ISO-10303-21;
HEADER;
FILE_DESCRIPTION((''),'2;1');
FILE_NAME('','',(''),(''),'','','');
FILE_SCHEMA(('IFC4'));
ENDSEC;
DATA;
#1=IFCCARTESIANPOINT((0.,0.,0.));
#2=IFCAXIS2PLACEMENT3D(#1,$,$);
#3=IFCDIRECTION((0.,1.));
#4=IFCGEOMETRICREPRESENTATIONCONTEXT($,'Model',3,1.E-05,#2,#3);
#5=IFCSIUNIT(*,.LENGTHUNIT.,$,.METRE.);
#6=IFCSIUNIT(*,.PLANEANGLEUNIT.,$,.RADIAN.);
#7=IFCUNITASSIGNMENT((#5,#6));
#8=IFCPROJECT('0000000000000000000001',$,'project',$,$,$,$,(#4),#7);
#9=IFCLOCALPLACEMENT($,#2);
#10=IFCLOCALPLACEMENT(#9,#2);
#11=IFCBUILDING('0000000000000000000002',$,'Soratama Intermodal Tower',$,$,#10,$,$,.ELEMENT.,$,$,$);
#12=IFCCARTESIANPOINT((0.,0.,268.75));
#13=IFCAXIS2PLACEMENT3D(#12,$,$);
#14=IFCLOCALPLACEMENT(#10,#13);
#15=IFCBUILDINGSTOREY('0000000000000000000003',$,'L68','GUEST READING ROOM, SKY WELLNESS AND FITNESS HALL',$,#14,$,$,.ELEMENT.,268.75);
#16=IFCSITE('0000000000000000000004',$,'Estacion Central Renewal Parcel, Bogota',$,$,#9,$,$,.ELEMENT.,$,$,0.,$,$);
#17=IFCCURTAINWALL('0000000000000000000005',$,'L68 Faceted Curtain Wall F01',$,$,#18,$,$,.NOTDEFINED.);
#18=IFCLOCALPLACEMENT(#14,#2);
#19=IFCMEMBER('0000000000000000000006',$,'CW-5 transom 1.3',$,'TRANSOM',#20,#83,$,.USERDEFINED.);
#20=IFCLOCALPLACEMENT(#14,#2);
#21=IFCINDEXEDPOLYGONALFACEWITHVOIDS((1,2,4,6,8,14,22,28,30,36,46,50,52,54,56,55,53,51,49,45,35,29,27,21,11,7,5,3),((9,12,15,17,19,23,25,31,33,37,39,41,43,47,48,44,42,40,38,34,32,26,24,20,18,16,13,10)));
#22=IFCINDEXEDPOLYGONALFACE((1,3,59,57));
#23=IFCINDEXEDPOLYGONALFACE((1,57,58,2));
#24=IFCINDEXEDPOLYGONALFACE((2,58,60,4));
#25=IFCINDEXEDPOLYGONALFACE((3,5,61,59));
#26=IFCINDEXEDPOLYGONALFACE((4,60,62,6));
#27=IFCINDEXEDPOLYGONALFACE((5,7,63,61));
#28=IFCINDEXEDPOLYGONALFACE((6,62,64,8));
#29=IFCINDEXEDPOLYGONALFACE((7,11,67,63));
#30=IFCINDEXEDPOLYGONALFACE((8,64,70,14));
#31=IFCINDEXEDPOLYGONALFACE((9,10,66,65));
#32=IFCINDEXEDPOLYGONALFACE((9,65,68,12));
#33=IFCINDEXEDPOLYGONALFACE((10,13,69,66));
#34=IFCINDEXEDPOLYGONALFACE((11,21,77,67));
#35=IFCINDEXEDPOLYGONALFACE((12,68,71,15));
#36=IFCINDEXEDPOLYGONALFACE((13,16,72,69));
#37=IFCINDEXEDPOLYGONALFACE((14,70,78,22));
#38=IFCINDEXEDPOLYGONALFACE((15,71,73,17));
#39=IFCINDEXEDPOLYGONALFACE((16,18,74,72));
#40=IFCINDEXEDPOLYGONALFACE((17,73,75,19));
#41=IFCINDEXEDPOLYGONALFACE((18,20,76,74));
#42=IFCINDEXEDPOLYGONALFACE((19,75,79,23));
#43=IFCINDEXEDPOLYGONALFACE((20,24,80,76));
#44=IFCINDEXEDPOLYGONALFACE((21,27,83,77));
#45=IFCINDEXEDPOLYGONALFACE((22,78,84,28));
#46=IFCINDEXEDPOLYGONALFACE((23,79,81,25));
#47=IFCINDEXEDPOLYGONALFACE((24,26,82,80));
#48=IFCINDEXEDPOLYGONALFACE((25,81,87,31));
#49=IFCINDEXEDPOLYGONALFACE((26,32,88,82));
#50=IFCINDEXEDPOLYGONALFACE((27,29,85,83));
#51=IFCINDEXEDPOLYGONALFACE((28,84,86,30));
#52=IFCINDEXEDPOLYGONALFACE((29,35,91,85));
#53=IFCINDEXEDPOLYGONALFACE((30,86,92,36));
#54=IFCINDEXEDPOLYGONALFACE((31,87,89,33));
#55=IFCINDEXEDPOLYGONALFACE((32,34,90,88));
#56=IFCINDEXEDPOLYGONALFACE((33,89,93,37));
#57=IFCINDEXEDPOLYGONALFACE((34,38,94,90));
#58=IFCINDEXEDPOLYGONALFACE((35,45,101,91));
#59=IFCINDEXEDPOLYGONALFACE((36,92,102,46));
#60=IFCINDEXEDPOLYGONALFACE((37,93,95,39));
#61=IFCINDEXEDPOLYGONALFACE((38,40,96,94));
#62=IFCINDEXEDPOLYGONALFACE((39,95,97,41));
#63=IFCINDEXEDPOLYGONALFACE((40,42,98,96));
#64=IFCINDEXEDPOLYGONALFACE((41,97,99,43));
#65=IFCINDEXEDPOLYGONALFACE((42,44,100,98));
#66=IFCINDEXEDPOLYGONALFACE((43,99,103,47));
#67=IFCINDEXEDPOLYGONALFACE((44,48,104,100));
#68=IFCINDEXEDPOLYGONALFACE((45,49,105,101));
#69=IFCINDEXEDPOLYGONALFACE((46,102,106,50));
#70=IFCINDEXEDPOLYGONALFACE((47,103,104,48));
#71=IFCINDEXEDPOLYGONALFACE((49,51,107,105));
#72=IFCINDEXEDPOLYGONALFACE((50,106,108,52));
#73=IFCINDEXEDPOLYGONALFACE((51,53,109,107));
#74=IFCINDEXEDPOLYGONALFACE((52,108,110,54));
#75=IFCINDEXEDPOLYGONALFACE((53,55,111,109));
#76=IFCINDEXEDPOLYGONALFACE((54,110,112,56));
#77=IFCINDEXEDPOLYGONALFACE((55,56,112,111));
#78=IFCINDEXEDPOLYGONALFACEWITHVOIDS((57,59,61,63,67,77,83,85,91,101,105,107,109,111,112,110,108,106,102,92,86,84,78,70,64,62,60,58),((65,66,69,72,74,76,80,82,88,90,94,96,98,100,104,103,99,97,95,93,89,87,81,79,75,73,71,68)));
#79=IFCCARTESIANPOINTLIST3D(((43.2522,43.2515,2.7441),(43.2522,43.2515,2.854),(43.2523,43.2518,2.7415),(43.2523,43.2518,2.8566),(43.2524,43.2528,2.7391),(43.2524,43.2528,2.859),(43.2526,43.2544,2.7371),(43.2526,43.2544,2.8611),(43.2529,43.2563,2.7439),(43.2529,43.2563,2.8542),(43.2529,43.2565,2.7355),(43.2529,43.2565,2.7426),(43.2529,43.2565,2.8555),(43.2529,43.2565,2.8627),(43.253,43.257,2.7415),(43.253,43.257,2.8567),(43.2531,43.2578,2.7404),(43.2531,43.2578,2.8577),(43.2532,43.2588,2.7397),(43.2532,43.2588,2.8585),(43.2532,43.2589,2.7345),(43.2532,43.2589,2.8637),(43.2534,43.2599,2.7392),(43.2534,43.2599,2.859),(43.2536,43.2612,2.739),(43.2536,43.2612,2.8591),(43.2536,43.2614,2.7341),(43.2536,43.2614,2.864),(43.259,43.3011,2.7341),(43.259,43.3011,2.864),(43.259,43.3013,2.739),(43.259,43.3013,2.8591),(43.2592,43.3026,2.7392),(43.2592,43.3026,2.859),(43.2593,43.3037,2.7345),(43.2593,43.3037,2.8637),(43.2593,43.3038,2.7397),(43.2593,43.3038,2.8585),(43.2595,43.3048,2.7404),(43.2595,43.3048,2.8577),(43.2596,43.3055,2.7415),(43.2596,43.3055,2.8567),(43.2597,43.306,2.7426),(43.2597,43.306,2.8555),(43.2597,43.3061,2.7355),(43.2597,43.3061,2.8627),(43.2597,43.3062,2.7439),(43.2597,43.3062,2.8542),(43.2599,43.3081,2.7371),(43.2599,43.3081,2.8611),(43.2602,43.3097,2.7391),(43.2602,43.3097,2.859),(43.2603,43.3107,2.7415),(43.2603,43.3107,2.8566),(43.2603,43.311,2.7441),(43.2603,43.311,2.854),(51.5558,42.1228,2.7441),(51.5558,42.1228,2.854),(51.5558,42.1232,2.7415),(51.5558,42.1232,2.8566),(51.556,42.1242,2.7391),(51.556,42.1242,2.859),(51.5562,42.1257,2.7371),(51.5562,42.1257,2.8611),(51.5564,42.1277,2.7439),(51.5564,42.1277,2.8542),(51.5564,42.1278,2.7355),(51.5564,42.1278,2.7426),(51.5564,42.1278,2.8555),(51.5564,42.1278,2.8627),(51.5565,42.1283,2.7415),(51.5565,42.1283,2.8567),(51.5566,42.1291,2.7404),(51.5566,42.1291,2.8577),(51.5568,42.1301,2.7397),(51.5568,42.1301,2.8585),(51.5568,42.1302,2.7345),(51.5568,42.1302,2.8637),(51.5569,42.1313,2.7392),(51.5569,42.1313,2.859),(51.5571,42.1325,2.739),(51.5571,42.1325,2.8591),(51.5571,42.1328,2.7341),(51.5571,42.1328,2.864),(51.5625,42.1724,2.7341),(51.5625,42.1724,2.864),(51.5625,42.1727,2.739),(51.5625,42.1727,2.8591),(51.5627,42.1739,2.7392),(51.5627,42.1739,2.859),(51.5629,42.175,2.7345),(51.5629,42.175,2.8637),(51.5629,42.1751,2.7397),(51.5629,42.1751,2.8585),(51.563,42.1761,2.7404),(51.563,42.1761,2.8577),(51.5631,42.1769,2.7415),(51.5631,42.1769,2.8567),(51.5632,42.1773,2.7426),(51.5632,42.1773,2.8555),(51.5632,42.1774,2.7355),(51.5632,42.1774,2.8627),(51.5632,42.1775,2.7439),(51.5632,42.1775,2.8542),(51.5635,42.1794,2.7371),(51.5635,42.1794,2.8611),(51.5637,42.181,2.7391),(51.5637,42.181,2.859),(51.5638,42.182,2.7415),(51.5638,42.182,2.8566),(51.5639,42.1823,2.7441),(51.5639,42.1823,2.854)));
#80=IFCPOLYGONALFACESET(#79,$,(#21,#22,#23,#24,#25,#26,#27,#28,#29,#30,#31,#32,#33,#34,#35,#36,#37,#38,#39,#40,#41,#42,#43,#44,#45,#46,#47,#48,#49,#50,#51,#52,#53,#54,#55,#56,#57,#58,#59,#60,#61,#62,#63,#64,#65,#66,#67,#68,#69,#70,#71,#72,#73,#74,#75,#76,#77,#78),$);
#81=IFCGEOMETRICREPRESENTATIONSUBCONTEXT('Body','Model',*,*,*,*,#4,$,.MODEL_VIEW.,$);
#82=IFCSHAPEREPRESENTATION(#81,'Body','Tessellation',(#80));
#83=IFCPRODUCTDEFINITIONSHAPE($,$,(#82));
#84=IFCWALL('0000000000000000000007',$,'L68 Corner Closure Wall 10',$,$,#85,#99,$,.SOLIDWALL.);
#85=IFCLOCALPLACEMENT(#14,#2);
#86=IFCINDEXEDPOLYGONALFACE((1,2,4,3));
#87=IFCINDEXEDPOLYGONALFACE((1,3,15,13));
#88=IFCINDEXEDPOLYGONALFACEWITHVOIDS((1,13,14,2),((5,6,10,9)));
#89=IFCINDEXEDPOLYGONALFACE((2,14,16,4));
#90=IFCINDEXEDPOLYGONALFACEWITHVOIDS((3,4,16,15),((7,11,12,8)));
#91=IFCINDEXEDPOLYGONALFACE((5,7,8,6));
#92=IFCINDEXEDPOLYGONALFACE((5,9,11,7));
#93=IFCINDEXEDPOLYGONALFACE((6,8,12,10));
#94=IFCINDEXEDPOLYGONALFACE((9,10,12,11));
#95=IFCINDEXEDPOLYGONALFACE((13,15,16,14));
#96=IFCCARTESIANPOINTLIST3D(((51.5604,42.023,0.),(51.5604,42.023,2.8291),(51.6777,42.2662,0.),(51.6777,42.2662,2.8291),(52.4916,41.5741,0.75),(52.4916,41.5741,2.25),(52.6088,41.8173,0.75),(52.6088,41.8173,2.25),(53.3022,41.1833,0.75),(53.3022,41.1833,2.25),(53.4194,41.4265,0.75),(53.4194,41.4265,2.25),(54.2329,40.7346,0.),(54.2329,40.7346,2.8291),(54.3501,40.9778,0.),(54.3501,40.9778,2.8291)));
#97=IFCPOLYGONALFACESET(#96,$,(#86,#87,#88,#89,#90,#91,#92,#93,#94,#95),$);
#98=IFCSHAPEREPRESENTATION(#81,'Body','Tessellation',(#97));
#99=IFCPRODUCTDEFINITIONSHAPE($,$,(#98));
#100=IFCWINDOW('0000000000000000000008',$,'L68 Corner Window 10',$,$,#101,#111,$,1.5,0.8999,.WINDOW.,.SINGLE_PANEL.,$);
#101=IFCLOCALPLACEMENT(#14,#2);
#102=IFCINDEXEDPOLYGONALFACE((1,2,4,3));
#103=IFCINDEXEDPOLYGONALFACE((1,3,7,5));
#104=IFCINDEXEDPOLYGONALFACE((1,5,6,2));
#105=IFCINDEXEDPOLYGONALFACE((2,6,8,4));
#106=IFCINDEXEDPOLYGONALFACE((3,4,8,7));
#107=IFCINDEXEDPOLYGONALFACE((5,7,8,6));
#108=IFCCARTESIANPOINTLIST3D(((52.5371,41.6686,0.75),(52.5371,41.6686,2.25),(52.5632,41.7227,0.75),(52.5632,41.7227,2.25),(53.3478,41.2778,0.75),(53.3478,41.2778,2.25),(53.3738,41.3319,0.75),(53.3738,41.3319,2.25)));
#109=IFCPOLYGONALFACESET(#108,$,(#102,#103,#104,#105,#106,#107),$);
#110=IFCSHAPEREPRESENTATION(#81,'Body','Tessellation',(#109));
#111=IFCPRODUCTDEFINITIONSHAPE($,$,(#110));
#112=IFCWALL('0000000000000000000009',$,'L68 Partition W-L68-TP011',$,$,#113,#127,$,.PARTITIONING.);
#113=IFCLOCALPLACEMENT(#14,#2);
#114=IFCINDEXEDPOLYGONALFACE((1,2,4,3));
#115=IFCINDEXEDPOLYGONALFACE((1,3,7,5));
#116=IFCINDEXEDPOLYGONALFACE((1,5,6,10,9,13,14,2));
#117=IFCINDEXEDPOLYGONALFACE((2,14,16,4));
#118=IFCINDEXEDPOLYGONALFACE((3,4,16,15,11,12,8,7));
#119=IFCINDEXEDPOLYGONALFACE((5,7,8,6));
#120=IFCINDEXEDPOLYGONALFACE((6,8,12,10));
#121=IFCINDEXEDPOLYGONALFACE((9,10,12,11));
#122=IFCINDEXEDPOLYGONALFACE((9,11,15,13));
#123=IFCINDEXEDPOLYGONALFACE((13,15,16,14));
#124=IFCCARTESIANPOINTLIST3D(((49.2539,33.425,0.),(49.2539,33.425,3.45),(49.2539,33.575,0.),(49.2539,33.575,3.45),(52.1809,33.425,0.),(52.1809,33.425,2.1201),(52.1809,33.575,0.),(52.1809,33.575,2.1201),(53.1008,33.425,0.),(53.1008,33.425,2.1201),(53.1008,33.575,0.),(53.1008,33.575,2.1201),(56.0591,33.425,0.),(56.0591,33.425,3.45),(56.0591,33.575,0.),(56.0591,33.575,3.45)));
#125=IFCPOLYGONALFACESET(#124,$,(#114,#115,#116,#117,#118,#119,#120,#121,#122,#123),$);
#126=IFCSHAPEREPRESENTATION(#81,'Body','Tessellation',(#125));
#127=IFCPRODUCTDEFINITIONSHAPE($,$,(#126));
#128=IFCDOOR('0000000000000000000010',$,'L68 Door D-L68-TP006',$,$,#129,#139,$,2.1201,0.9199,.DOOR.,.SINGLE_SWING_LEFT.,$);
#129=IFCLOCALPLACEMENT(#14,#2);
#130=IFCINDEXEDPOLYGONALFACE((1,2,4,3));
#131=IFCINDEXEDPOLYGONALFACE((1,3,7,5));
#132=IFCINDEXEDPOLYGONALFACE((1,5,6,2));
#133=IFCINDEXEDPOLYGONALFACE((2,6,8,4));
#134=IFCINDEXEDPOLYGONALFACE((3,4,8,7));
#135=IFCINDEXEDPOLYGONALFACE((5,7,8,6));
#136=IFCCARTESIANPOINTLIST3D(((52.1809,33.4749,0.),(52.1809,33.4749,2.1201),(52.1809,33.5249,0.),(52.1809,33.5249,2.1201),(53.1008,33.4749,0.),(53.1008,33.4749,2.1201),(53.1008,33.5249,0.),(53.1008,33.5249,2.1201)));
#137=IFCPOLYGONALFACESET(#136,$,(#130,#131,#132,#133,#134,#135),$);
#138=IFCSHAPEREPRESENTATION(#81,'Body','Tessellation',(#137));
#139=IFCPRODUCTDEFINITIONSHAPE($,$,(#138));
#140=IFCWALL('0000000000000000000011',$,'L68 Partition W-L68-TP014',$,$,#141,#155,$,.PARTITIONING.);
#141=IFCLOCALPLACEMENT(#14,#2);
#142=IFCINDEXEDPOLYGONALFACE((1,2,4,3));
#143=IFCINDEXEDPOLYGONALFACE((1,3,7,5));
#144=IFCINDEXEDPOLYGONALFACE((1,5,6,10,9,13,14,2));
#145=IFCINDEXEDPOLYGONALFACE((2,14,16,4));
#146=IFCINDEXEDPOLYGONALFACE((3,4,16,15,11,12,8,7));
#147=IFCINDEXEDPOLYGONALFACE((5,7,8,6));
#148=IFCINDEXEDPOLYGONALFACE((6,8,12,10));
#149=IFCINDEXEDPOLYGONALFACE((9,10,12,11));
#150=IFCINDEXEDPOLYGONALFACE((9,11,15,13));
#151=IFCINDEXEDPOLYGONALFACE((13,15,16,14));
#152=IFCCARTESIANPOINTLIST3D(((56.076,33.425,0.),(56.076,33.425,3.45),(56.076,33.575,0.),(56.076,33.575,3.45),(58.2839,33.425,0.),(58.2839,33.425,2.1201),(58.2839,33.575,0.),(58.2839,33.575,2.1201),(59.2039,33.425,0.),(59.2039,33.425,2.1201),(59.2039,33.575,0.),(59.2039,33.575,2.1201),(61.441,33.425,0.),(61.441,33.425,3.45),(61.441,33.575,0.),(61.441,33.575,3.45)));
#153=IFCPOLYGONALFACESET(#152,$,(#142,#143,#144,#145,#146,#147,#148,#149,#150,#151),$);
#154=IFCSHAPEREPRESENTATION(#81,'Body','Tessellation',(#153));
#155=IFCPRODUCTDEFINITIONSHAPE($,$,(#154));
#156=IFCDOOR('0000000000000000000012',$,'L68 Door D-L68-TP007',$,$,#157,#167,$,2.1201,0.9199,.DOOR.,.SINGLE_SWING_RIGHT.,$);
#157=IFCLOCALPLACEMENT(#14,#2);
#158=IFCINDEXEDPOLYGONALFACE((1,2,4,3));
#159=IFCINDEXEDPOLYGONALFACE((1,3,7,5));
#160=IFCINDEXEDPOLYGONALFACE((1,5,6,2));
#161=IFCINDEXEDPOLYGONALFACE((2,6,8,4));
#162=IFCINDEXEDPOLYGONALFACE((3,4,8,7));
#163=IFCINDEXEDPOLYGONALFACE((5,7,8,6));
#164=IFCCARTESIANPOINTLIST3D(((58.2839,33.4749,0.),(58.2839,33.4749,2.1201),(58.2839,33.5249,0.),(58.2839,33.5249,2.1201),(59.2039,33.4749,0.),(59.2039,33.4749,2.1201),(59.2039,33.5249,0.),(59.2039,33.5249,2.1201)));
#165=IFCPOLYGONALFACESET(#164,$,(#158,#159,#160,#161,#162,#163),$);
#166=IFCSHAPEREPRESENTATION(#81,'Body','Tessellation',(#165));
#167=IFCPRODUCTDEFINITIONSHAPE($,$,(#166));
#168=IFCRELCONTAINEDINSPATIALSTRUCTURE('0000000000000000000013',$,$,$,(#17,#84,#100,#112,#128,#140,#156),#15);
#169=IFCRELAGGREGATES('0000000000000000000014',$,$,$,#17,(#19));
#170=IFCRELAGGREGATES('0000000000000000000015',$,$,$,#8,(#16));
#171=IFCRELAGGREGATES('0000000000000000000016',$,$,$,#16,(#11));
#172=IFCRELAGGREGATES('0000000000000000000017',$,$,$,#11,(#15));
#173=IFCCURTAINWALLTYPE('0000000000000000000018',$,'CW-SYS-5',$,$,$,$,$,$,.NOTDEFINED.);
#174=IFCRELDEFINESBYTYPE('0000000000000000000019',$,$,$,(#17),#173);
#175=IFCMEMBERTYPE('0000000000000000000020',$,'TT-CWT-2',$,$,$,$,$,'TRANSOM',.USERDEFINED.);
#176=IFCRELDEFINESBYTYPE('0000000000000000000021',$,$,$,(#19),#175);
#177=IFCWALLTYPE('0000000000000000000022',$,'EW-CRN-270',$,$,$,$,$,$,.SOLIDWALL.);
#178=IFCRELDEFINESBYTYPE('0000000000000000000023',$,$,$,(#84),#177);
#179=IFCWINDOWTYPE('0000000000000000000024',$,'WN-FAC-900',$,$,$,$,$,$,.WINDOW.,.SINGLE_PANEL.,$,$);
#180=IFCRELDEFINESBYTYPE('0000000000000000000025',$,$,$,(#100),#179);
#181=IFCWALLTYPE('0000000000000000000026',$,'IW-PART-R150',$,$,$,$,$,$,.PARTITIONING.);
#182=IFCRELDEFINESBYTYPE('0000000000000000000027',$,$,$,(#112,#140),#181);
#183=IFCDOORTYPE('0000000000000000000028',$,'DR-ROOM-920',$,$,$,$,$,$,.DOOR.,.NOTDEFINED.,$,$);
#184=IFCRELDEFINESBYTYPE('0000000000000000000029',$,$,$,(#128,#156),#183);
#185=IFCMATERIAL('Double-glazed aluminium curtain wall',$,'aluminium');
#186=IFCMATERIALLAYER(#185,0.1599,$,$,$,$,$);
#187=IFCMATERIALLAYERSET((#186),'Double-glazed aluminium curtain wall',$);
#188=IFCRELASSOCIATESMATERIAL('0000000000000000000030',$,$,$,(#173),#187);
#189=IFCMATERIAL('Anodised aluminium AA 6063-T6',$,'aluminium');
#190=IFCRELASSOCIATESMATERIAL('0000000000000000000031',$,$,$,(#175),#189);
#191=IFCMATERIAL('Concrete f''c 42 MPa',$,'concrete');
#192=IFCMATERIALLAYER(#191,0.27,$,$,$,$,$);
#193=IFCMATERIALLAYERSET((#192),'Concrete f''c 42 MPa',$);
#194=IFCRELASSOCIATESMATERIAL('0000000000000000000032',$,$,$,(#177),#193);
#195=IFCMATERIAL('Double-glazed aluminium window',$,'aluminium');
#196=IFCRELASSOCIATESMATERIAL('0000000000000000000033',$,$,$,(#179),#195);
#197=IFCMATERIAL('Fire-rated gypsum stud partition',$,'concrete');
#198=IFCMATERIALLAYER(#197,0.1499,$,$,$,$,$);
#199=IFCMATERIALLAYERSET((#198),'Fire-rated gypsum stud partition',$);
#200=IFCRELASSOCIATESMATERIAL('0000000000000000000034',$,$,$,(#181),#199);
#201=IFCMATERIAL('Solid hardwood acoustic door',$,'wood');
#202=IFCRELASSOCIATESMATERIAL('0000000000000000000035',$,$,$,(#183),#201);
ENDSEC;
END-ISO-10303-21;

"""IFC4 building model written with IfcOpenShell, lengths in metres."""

from ifc_helpers import new_model, si_unit, direction, frame, frame_2d, origin, origin_2d, place, context, subcontext, project, spatial, rectangle, hollow_rectangle, extrude, material, layer, layer_set, material_profile, profile_set, type_object, element, fill, aggregate, save


model = new_model("IFC4")

# Units and contexts
model_context = context("Model", 3, precision=1e-05, world=origin(), true_north=direction((0.0, 1.0)))
body_context = subcontext(model_context, "Body", "Model", "MODEL_VIEW")
ifc_project = project(units=[si_unit("LENGTHUNIT", "METRE"), si_unit("PLANEANGLEUNIT", "RADIAN")], contexts=[model_context])

# Site, building, storey
site_placement = place(None, origin())
site = spatial("IfcSite", under=ifc_project, at=site_placement, Name="Estacion Central Renewal Parcel, Bogota", CompositionType="ELEMENT", RefElevation=0.0)
building_placement = place(site_placement, origin())
building = spatial("IfcBuilding", under=site, at=building_placement, Name="Soratama Intermodal Tower", CompositionType="ELEMENT")
storey_placement = place(building_placement, frame((0.0, 0.0, 268.75)))
storey = spatial("IfcBuildingStorey", under=building, at=storey_placement, Name="L68", Description="GUEST READING ROOM, SKY WELLNESS AND FITNESS HALL", CompositionType="ELEMENT", Elevation=268.75)

# Curtain wall
ifc_material_1 = material(Name="Double-glazed aluminium curtain wall", Category="aluminium")
ifc_layer_1 = layer(ifc_material_1, 0.1599)
ifc_layer_set_1 = layer_set([ifc_layer_1], Name="Double-glazed aluminium curtain wall")
curtain_wall_type = type_object("IfcCurtainWallType", Name="CW-SYS-5", PredefinedType="NOTDEFINED", material=ifc_layer_set_1)
curtain_wall_1_placement = place(storey_placement, origin())
curtain_wall_1 = element("IfcCurtainWall", 1, at=curtain_wall_1_placement, inside=storey, type_object=curtain_wall_type, Name="L68 Faceted Curtain Wall F01", PredefinedType="NOTDEFINED")

# Member
ifc_material_2 = material(Name="Anodised aluminium AA 6063-T6", Category="aluminium")
ifc_material_profile_1 = material_profile(ifc_material_2, hollow_rectangle(XDim=0.0601, YDim=0.1299, WallThickness=0.0049, InnerFilletRadius=0.0049, OuterFilletRadius=0.01, at=origin_2d()), Name="CWT130X60X5")
ifc_profile_set_1 = profile_set([ifc_material_profile_1], Name="Anodised aluminium AA 6063-T6")
member_type_1 = type_object("IfcMemberType", Name="TT-CWT-2", ElementType="TRANSOM", PredefinedType="USERDEFINED", material=ifc_profile_set_1)
member_1_placement = place(storey_placement, frame((51.5598, 42.1526, 2.7991), z_axis=(-0.990888, 0.134688, 0.0), x_axis=(-0.134688, -0.990888, 0.0)))
member_1 = element("IfcMember", 2, at=member_1_placement, type_object=member_type_1, Name="CW-5 transom 1.3", ObjectType="TRANSOM", PredefinedType="USERDEFINED", context=body_context, shape_type="SweptSolid", body=[
    extrude(hollow_rectangle(XDim=0.0601, YDim=0.1299, WallThickness=0.0049, InnerFilletRadius=0.0049, OuterFilletRadius=0.01, at=origin_2d()), origin(), (0.0, 0.0, 1.0), 8.3799),
])
aggregate(curtain_wall_1, [member_1])

# Wall, opening, window
ifc_material_3 = material(Name="Concrete f'c 42 MPa", Category="concrete")
ifc_layer_2 = layer(ifc_material_3, 0.27)
ifc_layer_set_2 = layer_set([ifc_layer_2], Name="Concrete f'c 42 MPa")
wall_type_1 = type_object("IfcWallType", Name="EW-CRN-270", PredefinedType="SOLIDWALL", material=ifc_layer_set_2)
wall_1_placement = place(storey_placement, frame((54.2915, 40.8562, 0.0), z_axis=(0.0, 0.0, 1.0), x_axis=(-0.900786, 0.434263, 0.0)))
wall_1 = element("IfcWall", 3, at=wall_1_placement, inside=storey, type_object=wall_type_1, Name="L68 Corner Closure Wall 10", PredefinedType="SOLIDWALL", context=body_context, shape_type="SweptSolid", body=[
    extrude(rectangle(XDim=2.9668, YDim=0.27, at=frame_2d((1.4834, 0.0))), origin(), (0.0, 0.0, 1.0), 2.8291),
])
opening_1_placement = place(wall_1_placement, frame((1.0332, 0.0, 0.75)))
opening_1 = element("IfcOpeningElement", 4, at=opening_1_placement, cuts=wall_1, PredefinedType="OPENING", context=body_context, shape_type="SweptSolid", body=[
    extrude(rectangle(XDim=0.8999, YDim=1.5, at=frame_2d((0.45, 0.75))), frame((0.0, 0.145, 0.0), z_axis=(0.0, -1.0, 0.0), x_axis=(1.0, 0.0, 0.0)), (0.0, 0.0, 1.0), 0.29),
])
ifc_material_4 = material(Name="Double-glazed aluminium window", Category="aluminium")
window_type = type_object("IfcWindowType", Name="WN-FAC-900", PartitioningType="SINGLE_PANEL", PredefinedType="WINDOW", material=ifc_material_4)
window_placement = place(opening_1_placement, origin())
window = element("IfcWindow", 5, at=window_placement, inside=storey, type_object=window_type, Name="L68 Corner Window 10", OverallHeight=1.5, OverallWidth=0.8999, PartitioningType="SINGLE_PANEL", PredefinedType="WINDOW", context=body_context, shape_type="SweptSolid", body=[
    extrude(rectangle(XDim=0.8999, YDim=1.5, at=frame_2d((0.45, 0.75))), frame((0.0, 0.03, 0.0), z_axis=(0.0, -1.0, 0.0), x_axis=(1.0, 0.0, 0.0)), (0.0, 0.0, 1.0), 0.0601),
])
fill(opening_1, window)

# Walls, openings, doors
ifc_material_5 = material(Name="Fire-rated gypsum stud partition", Category="concrete")
ifc_layer_3 = layer(ifc_material_5, 0.1499)
ifc_layer_set_3 = layer_set([ifc_layer_3], Name="Fire-rated gypsum stud partition")
wall_type_2 = type_object("IfcWallType", Name="IW-PART-R150", PredefinedType="PARTITIONING", material=ifc_layer_set_3)
wall_2_placement = place(storey_placement, frame((49.2539, 33.5, 0.0), z_axis=(0.0, 0.0, 1.0), x_axis=(1.0, 0.0, 0.0)))
wall_2 = element("IfcWall", 6, at=wall_2_placement, inside=storey, type_object=wall_type_2, Name="L68 Partition W-L68-TP011", PredefinedType="PARTITIONING", context=body_context, shape_type="SweptSolid", body=[
    extrude(rectangle(XDim=6.8052, YDim=0.1499, at=frame_2d((3.4026, 0.0))), origin(), (0.0, 0.0, 1.0), 3.45),
])
opening_2_placement = place(wall_2_placement, frame((2.927, 0.0, 0.0)))
opening_2 = element("IfcOpeningElement", 7, at=opening_2_placement, cuts=wall_2, PredefinedType="OPENING", context=body_context, shape_type="SweptSolid", body=[
    extrude(rectangle(XDim=0.9199, YDim=2.1201, at=frame_2d((0.46, 1.0601))), frame((0.0, 0.085, 0.0), z_axis=(0.0, -1.0, 0.0), x_axis=(1.0, 0.0, 0.0)), (0.0, 0.0, 1.0), 0.1699),
])
ifc_material_6 = material(Name="Solid hardwood acoustic door", Category="wood")
door_type = type_object("IfcDoorType", Name="DR-ROOM-920", OperationType="NOTDEFINED", PredefinedType="DOOR", material=ifc_material_6)
door_1_placement = place(opening_2_placement, origin())
door_1 = element("IfcDoor", 8, at=door_1_placement, inside=storey, type_object=door_type, Name="L68 Door D-L68-TP006", OperationType="SINGLE_SWING_LEFT", OverallHeight=2.1201, OverallWidth=0.9199, PredefinedType="DOOR", context=body_context, shape_type="SweptSolid", body=[
    extrude(rectangle(XDim=0.9199, YDim=2.1201, at=frame_2d((0.46, 1.0601))), frame((0.0, 0.0249, 0.0), z_axis=(0.0, -1.0, 0.0), x_axis=(1.0, 0.0, 0.0)), (0.0, 0.0, 1.0), 0.05),
])
fill(opening_2, door_1)
wall_3_placement = place(storey_placement, frame((56.0759, 33.5, 0.0), z_axis=(0.0, 0.0, 1.0), x_axis=(1.0, 0.0, 0.0)))
wall_3 = element("IfcWall", 9, at=wall_3_placement, inside=storey, type_object=wall_type_2, Name="L68 Partition W-L68-TP014", PredefinedType="PARTITIONING", context=body_context, shape_type="SweptSolid", body=[
    extrude(rectangle(XDim=5.365, YDim=0.1499, at=frame_2d((2.6826, 0.0))), origin(), (0.0, 0.0, 1.0), 3.45),
])
opening_3_placement = place(wall_3_placement, frame((2.208, 0.0, 0.0)))
opening_3 = element("IfcOpeningElement", 10, at=opening_3_placement, cuts=wall_3, PredefinedType="OPENING", context=body_context, shape_type="SweptSolid", body=[
    extrude(rectangle(XDim=0.9199, YDim=2.1201, at=frame_2d((0.46, 1.0601))), frame((0.0, 0.085, 0.0), z_axis=(0.0, -1.0, 0.0), x_axis=(1.0, 0.0, 0.0)), (0.0, 0.0, 1.0), 0.1699),
])
door_2_placement = place(opening_3_placement, origin())
door_2 = element("IfcDoor", 11, at=door_2_placement, inside=storey, type_object=door_type, Name="L68 Door D-L68-TP007", OperationType="SINGLE_SWING_RIGHT", OverallHeight=2.1201, OverallWidth=0.9199, PredefinedType="DOOR", context=body_context, shape_type="SweptSolid", body=[
    extrude(rectangle(XDim=0.9199, YDim=2.1201, at=frame_2d((0.46, 1.0601))), frame((0.0, 0.0249, 0.0), z_axis=(0.0, -1.0, 0.0), x_axis=(1.0, 0.0, 0.0)), (0.0, 0.0, 1.0), 0.05),
])
fill(opening_3, door_2)

save(model, "model.ifc")
